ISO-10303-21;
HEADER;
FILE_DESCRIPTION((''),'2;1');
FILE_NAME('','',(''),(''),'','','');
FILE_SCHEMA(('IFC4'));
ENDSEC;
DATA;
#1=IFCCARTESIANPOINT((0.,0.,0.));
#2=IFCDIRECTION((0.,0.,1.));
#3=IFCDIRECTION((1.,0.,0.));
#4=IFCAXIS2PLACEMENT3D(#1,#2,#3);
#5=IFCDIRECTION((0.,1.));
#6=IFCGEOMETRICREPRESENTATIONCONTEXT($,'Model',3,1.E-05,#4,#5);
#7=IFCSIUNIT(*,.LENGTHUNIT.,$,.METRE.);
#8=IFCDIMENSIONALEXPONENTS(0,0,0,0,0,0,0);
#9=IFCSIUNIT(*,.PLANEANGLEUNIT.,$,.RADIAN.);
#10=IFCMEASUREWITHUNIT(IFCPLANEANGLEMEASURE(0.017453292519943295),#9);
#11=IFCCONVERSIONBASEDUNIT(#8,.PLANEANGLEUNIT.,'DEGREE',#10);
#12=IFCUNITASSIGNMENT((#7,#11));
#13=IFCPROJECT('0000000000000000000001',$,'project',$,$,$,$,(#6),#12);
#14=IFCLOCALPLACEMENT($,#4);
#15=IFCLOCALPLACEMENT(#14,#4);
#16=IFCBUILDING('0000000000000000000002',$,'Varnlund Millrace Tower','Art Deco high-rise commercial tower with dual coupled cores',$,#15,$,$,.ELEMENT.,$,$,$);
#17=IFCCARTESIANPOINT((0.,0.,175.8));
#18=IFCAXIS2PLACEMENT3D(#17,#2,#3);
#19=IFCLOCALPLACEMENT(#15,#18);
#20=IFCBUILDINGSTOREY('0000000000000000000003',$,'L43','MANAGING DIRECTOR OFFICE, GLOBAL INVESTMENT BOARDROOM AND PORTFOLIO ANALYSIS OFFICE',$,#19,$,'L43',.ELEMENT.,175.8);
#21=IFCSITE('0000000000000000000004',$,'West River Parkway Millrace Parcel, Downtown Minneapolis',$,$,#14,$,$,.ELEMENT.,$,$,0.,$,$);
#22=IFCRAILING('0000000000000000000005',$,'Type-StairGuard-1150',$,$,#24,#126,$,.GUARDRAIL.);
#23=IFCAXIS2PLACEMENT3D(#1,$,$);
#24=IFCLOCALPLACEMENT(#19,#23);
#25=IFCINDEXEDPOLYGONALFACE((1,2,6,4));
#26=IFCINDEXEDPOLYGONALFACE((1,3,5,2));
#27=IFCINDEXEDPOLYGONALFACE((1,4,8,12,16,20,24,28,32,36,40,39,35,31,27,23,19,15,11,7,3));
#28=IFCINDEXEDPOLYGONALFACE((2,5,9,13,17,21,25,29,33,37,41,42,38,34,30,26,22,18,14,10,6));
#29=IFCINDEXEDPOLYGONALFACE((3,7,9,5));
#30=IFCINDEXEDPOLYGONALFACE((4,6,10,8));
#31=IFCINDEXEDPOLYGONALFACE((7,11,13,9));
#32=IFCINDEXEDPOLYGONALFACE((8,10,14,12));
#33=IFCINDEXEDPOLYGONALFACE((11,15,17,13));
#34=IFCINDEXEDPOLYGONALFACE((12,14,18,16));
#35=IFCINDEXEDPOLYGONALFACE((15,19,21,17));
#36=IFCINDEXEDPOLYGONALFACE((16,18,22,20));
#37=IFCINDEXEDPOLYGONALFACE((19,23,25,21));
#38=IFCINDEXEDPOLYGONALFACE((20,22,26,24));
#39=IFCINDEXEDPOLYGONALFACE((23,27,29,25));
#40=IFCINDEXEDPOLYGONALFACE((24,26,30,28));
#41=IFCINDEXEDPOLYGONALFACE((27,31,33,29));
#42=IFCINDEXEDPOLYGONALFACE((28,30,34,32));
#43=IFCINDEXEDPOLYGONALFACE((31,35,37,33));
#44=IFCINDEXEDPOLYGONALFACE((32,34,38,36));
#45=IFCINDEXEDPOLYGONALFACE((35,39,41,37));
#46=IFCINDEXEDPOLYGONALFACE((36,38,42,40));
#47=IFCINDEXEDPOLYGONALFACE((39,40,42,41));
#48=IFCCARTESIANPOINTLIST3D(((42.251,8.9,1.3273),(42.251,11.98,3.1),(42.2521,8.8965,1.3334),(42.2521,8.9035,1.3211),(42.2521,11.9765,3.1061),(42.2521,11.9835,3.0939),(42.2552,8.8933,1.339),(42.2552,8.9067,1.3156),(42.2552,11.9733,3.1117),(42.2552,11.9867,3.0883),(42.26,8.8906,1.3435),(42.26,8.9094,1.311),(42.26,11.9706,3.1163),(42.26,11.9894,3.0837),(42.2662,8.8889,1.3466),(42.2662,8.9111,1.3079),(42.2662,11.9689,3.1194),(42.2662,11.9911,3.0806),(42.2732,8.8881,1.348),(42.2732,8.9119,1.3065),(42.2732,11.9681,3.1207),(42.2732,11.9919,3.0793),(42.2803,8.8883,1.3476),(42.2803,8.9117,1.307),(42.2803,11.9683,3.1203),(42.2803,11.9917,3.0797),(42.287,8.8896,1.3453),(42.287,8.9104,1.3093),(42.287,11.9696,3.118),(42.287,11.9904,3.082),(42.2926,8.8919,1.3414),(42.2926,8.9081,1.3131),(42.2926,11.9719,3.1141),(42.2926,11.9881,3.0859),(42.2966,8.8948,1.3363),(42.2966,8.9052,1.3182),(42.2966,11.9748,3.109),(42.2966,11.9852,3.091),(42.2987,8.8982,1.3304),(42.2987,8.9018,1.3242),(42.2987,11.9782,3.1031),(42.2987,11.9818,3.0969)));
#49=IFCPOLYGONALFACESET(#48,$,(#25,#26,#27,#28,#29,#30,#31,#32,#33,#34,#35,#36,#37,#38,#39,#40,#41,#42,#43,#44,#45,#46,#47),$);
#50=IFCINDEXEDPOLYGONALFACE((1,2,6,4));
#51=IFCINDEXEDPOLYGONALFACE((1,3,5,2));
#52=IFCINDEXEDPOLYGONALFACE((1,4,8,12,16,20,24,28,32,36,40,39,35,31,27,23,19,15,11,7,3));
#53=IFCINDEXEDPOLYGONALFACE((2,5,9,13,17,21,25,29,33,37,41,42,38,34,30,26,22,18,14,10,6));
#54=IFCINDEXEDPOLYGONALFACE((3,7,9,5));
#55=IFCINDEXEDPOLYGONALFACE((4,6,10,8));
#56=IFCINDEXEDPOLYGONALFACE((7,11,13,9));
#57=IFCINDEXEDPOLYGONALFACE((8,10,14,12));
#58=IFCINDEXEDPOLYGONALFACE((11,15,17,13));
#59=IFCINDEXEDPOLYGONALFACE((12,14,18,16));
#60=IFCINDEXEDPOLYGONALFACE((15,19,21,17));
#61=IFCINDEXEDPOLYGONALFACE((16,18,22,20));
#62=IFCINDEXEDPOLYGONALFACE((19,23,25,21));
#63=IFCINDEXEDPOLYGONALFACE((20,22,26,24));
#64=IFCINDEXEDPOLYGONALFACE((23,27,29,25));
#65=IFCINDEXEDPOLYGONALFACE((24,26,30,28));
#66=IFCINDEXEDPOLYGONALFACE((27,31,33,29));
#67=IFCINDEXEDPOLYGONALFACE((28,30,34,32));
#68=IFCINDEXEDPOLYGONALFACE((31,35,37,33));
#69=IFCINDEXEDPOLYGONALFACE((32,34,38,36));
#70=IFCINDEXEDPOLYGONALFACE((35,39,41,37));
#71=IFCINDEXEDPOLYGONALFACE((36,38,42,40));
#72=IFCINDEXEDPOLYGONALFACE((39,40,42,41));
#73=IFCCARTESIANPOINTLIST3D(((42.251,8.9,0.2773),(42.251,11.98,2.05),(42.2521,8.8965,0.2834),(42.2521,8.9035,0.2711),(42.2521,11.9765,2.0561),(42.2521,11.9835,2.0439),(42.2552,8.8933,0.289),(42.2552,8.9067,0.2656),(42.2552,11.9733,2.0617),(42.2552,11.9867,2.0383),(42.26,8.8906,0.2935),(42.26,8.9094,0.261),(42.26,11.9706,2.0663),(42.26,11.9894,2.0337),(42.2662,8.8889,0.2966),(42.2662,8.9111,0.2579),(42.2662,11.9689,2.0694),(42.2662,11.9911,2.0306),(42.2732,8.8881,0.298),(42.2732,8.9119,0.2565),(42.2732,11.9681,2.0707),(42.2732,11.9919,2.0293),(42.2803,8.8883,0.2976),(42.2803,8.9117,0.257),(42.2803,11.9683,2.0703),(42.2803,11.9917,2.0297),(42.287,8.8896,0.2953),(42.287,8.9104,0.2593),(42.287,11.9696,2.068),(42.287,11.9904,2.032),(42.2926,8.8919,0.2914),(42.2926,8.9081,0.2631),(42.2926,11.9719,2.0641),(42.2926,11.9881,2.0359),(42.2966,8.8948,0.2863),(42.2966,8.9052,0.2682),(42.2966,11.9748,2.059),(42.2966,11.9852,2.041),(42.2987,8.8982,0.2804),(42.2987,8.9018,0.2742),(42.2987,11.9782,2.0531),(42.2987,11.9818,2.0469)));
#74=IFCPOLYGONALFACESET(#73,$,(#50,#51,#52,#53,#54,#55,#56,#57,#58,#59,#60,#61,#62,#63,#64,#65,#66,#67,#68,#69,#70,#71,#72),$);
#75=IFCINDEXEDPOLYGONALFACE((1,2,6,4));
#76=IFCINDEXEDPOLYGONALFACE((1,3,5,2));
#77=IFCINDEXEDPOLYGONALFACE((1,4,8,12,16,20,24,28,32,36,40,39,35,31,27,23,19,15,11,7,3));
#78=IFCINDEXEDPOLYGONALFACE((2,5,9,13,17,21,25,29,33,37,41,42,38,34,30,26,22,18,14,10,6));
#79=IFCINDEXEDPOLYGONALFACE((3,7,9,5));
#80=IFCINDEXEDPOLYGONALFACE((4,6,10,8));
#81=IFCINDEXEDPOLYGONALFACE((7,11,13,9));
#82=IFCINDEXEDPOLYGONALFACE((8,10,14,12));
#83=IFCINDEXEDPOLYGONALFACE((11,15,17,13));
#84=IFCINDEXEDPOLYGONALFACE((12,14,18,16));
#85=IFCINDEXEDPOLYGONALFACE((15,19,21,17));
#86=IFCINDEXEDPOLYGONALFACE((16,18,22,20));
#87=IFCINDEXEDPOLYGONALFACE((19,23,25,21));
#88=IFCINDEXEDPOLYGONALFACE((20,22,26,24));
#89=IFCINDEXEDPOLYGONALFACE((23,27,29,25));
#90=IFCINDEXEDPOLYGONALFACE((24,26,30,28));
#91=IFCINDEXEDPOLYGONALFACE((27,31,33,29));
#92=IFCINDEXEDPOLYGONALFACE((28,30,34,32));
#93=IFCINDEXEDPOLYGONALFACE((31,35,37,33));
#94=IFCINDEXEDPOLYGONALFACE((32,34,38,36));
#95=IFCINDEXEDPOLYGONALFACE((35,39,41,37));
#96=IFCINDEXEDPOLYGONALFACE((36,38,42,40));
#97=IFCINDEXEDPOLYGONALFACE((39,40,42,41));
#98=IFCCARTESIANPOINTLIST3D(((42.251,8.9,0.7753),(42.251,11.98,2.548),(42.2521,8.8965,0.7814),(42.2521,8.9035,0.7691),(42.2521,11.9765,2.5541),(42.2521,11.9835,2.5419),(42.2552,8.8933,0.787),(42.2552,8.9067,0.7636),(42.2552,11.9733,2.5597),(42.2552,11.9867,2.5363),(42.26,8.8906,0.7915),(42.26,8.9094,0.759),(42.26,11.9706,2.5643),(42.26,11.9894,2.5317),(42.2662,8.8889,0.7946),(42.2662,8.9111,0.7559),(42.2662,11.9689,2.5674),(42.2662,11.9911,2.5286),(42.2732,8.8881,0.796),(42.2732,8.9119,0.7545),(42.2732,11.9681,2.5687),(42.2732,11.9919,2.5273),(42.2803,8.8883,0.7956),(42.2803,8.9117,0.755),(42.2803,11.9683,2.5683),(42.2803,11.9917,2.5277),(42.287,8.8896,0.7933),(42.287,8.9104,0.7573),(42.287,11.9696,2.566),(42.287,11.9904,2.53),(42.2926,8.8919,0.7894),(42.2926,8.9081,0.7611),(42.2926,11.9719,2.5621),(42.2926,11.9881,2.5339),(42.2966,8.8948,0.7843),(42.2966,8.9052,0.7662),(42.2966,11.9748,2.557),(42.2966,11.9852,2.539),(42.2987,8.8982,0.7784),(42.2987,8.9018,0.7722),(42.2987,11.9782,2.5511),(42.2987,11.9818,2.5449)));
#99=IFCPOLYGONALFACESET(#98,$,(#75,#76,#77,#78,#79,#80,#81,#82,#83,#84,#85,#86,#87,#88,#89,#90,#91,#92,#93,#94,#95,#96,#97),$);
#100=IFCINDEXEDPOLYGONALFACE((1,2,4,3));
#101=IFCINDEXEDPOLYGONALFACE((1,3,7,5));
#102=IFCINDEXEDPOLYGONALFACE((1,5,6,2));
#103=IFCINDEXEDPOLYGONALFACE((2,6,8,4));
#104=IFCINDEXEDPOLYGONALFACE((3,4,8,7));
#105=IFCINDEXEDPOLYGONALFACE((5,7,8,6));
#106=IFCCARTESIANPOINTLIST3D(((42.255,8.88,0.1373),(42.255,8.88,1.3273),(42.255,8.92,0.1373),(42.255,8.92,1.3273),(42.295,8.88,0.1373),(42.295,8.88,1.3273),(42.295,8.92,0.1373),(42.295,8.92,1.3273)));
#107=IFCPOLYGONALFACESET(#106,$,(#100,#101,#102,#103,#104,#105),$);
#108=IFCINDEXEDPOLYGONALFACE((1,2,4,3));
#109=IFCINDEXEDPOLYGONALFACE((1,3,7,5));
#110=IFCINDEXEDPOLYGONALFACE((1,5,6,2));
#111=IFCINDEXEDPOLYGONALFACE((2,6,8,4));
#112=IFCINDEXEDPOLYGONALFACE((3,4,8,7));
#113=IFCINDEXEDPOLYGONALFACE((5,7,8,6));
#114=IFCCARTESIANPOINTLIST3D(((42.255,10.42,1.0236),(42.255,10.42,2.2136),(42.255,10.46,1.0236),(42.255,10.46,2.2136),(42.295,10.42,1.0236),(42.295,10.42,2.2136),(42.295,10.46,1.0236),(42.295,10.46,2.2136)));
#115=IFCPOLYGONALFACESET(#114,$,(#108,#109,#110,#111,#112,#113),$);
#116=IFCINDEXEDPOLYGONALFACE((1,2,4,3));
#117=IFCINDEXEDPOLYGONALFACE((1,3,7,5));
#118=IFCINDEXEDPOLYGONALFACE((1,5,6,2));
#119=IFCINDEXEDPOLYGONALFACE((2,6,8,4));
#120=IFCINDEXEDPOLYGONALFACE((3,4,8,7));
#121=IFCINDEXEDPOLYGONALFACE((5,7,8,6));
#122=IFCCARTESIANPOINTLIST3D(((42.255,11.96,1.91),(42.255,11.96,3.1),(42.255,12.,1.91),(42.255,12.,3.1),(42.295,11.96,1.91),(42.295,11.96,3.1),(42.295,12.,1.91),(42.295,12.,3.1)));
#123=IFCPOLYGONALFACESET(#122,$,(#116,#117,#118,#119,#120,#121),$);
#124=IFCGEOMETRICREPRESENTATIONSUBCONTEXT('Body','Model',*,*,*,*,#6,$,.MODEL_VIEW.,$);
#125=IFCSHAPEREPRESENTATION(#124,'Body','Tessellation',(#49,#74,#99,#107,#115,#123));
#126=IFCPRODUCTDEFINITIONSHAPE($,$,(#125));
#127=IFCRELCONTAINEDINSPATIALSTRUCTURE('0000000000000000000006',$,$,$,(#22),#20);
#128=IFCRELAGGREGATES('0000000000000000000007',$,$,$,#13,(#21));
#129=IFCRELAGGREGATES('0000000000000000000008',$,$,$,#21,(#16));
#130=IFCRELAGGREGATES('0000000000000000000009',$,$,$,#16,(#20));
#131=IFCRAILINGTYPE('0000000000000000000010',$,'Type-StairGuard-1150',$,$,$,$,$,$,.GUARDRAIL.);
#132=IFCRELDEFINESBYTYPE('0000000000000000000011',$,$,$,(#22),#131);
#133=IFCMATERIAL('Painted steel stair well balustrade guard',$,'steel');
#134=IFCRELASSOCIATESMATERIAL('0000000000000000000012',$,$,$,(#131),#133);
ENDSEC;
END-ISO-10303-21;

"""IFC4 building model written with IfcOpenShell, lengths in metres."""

from ifc_helpers import new_model, entity, si_unit, converted_unit, direction, frame, origin_with_axes, origin_2d_with_axis, place, context, subcontext, project, spatial, rectangle, circle, extrude, material, type_object, element, save


model = new_model("IFC4")

# Units and contexts
model_context = context("Model", 3, precision=1e-05, world=origin_with_axes(), true_north=direction((0.0, 1.0)))
body_context = subcontext(model_context, "Body", "Model", "MODEL_VIEW")
ifc_project = project(units=[si_unit("LENGTHUNIT", "METRE"), converted_unit("PLANEANGLEUNIT", "DEGREE", entity("IfcPlaneAngleMeasure", 0.017453292519943295), si_unit("PLANEANGLEUNIT", "RADIAN"), dimensions=[0, 0, 0, 0, 0, 0, 0])], contexts=[model_context])

# Site, building, storey
site_placement = place(None, origin_with_axes())
site = spatial("IfcSite", under=ifc_project, at=site_placement, Name="West River Parkway Millrace Parcel, Downtown Minneapolis", CompositionType="ELEMENT", RefElevation=0.0)
building_placement = place(site_placement, origin_with_axes())
building = spatial("IfcBuilding", under=site, at=building_placement, Name="Varnlund Millrace Tower", Description="Art Deco high-rise commercial tower with dual coupled cores", CompositionType="ELEMENT")
storey_placement = place(building_placement, frame((0.0, 0.0, 175.8), z_axis=(0.0, 0.0, 1.0), x_axis=(1.0, 0.0, 0.0)))
storey = spatial("IfcBuildingStorey", under=building, at=storey_placement, Name="L43", Description="MANAGING DIRECTOR OFFICE, GLOBAL INVESTMENT BOARDROOM AND PORTFOLIO ANALYSIS OFFICE", LongName="L43", CompositionType="ELEMENT", Elevation=175.8)

# Railing
ifc_material_1 = material(Name="Painted steel stair well balustrade guard", Category="steel")
railing_type_1 = type_object("IfcRailingType", Name="Type-StairGuard-1150", PredefinedType="GUARDRAIL", material=ifc_material_1)
railing_1_placement = place(storey_placement, frame((0.0, 0.0, -175.8), z_axis=(0.0, 0.0, 1.0), x_axis=(1.0, 0.0, 0.0)))
element("IfcRailing", 1, at=railing_1_placement, inside=storey, type_object=railing_type_1, Name="Type-StairGuard-1150", PredefinedType="GUARDRAIL", context=body_context, shape_type="SweptSolid", body=[
    extrude(circle(Radius=0.024, at=origin_2d_with_axis()), frame((42.275, 8.9, 177.1273), z_axis=(0.0, 0.866696, 0.498836), x_axis=(-1.0, 0.0, 0.0)), (0.0, 0.0, 1.0), 3.5537),
    extrude(circle(Radius=0.024, at=origin_2d_with_axis()), frame((42.275, 8.9, 176.0773), z_axis=(0.0, 0.866696, 0.498836), x_axis=(-1.0, 0.0, 0.0)), (0.0, 0.0, 1.0), 3.5537),
    extrude(circle(Radius=0.024, at=origin_2d_with_axis()), frame((42.275, 8.9, 176.5753), z_axis=(0.0, 0.866696, 0.498836), x_axis=(-1.0, 0.0, 0.0)), (0.0, 0.0, 1.0), 3.5537),
    extrude(rectangle(XDim=0.04, YDim=0.04, at=origin_2d_with_axis()), frame((42.275, 8.9, 175.9373), z_axis=(0.0, 0.0, 1.0), x_axis=(1.0, 0.0, 0.0)), (0.0, 0.0, 1.0), 1.19),
    extrude(rectangle(XDim=0.04, YDim=0.04, at=origin_2d_with_axis()), frame((42.275, 10.44, 176.8236), z_axis=(0.0, 0.0, 1.0), x_axis=(1.0, 0.0, 0.0)), (0.0, 0.0, 1.0), 1.19),
    extrude(rectangle(XDim=0.04, YDim=0.04, at=origin_2d_with_axis()), frame((42.275, 11.98, 177.71), z_axis=(0.0, 0.0, 1.0), x_axis=(1.0, 0.0, 0.0)), (0.0, 0.0, 1.0), 1.19),
])

save(model, "model.ifc")
